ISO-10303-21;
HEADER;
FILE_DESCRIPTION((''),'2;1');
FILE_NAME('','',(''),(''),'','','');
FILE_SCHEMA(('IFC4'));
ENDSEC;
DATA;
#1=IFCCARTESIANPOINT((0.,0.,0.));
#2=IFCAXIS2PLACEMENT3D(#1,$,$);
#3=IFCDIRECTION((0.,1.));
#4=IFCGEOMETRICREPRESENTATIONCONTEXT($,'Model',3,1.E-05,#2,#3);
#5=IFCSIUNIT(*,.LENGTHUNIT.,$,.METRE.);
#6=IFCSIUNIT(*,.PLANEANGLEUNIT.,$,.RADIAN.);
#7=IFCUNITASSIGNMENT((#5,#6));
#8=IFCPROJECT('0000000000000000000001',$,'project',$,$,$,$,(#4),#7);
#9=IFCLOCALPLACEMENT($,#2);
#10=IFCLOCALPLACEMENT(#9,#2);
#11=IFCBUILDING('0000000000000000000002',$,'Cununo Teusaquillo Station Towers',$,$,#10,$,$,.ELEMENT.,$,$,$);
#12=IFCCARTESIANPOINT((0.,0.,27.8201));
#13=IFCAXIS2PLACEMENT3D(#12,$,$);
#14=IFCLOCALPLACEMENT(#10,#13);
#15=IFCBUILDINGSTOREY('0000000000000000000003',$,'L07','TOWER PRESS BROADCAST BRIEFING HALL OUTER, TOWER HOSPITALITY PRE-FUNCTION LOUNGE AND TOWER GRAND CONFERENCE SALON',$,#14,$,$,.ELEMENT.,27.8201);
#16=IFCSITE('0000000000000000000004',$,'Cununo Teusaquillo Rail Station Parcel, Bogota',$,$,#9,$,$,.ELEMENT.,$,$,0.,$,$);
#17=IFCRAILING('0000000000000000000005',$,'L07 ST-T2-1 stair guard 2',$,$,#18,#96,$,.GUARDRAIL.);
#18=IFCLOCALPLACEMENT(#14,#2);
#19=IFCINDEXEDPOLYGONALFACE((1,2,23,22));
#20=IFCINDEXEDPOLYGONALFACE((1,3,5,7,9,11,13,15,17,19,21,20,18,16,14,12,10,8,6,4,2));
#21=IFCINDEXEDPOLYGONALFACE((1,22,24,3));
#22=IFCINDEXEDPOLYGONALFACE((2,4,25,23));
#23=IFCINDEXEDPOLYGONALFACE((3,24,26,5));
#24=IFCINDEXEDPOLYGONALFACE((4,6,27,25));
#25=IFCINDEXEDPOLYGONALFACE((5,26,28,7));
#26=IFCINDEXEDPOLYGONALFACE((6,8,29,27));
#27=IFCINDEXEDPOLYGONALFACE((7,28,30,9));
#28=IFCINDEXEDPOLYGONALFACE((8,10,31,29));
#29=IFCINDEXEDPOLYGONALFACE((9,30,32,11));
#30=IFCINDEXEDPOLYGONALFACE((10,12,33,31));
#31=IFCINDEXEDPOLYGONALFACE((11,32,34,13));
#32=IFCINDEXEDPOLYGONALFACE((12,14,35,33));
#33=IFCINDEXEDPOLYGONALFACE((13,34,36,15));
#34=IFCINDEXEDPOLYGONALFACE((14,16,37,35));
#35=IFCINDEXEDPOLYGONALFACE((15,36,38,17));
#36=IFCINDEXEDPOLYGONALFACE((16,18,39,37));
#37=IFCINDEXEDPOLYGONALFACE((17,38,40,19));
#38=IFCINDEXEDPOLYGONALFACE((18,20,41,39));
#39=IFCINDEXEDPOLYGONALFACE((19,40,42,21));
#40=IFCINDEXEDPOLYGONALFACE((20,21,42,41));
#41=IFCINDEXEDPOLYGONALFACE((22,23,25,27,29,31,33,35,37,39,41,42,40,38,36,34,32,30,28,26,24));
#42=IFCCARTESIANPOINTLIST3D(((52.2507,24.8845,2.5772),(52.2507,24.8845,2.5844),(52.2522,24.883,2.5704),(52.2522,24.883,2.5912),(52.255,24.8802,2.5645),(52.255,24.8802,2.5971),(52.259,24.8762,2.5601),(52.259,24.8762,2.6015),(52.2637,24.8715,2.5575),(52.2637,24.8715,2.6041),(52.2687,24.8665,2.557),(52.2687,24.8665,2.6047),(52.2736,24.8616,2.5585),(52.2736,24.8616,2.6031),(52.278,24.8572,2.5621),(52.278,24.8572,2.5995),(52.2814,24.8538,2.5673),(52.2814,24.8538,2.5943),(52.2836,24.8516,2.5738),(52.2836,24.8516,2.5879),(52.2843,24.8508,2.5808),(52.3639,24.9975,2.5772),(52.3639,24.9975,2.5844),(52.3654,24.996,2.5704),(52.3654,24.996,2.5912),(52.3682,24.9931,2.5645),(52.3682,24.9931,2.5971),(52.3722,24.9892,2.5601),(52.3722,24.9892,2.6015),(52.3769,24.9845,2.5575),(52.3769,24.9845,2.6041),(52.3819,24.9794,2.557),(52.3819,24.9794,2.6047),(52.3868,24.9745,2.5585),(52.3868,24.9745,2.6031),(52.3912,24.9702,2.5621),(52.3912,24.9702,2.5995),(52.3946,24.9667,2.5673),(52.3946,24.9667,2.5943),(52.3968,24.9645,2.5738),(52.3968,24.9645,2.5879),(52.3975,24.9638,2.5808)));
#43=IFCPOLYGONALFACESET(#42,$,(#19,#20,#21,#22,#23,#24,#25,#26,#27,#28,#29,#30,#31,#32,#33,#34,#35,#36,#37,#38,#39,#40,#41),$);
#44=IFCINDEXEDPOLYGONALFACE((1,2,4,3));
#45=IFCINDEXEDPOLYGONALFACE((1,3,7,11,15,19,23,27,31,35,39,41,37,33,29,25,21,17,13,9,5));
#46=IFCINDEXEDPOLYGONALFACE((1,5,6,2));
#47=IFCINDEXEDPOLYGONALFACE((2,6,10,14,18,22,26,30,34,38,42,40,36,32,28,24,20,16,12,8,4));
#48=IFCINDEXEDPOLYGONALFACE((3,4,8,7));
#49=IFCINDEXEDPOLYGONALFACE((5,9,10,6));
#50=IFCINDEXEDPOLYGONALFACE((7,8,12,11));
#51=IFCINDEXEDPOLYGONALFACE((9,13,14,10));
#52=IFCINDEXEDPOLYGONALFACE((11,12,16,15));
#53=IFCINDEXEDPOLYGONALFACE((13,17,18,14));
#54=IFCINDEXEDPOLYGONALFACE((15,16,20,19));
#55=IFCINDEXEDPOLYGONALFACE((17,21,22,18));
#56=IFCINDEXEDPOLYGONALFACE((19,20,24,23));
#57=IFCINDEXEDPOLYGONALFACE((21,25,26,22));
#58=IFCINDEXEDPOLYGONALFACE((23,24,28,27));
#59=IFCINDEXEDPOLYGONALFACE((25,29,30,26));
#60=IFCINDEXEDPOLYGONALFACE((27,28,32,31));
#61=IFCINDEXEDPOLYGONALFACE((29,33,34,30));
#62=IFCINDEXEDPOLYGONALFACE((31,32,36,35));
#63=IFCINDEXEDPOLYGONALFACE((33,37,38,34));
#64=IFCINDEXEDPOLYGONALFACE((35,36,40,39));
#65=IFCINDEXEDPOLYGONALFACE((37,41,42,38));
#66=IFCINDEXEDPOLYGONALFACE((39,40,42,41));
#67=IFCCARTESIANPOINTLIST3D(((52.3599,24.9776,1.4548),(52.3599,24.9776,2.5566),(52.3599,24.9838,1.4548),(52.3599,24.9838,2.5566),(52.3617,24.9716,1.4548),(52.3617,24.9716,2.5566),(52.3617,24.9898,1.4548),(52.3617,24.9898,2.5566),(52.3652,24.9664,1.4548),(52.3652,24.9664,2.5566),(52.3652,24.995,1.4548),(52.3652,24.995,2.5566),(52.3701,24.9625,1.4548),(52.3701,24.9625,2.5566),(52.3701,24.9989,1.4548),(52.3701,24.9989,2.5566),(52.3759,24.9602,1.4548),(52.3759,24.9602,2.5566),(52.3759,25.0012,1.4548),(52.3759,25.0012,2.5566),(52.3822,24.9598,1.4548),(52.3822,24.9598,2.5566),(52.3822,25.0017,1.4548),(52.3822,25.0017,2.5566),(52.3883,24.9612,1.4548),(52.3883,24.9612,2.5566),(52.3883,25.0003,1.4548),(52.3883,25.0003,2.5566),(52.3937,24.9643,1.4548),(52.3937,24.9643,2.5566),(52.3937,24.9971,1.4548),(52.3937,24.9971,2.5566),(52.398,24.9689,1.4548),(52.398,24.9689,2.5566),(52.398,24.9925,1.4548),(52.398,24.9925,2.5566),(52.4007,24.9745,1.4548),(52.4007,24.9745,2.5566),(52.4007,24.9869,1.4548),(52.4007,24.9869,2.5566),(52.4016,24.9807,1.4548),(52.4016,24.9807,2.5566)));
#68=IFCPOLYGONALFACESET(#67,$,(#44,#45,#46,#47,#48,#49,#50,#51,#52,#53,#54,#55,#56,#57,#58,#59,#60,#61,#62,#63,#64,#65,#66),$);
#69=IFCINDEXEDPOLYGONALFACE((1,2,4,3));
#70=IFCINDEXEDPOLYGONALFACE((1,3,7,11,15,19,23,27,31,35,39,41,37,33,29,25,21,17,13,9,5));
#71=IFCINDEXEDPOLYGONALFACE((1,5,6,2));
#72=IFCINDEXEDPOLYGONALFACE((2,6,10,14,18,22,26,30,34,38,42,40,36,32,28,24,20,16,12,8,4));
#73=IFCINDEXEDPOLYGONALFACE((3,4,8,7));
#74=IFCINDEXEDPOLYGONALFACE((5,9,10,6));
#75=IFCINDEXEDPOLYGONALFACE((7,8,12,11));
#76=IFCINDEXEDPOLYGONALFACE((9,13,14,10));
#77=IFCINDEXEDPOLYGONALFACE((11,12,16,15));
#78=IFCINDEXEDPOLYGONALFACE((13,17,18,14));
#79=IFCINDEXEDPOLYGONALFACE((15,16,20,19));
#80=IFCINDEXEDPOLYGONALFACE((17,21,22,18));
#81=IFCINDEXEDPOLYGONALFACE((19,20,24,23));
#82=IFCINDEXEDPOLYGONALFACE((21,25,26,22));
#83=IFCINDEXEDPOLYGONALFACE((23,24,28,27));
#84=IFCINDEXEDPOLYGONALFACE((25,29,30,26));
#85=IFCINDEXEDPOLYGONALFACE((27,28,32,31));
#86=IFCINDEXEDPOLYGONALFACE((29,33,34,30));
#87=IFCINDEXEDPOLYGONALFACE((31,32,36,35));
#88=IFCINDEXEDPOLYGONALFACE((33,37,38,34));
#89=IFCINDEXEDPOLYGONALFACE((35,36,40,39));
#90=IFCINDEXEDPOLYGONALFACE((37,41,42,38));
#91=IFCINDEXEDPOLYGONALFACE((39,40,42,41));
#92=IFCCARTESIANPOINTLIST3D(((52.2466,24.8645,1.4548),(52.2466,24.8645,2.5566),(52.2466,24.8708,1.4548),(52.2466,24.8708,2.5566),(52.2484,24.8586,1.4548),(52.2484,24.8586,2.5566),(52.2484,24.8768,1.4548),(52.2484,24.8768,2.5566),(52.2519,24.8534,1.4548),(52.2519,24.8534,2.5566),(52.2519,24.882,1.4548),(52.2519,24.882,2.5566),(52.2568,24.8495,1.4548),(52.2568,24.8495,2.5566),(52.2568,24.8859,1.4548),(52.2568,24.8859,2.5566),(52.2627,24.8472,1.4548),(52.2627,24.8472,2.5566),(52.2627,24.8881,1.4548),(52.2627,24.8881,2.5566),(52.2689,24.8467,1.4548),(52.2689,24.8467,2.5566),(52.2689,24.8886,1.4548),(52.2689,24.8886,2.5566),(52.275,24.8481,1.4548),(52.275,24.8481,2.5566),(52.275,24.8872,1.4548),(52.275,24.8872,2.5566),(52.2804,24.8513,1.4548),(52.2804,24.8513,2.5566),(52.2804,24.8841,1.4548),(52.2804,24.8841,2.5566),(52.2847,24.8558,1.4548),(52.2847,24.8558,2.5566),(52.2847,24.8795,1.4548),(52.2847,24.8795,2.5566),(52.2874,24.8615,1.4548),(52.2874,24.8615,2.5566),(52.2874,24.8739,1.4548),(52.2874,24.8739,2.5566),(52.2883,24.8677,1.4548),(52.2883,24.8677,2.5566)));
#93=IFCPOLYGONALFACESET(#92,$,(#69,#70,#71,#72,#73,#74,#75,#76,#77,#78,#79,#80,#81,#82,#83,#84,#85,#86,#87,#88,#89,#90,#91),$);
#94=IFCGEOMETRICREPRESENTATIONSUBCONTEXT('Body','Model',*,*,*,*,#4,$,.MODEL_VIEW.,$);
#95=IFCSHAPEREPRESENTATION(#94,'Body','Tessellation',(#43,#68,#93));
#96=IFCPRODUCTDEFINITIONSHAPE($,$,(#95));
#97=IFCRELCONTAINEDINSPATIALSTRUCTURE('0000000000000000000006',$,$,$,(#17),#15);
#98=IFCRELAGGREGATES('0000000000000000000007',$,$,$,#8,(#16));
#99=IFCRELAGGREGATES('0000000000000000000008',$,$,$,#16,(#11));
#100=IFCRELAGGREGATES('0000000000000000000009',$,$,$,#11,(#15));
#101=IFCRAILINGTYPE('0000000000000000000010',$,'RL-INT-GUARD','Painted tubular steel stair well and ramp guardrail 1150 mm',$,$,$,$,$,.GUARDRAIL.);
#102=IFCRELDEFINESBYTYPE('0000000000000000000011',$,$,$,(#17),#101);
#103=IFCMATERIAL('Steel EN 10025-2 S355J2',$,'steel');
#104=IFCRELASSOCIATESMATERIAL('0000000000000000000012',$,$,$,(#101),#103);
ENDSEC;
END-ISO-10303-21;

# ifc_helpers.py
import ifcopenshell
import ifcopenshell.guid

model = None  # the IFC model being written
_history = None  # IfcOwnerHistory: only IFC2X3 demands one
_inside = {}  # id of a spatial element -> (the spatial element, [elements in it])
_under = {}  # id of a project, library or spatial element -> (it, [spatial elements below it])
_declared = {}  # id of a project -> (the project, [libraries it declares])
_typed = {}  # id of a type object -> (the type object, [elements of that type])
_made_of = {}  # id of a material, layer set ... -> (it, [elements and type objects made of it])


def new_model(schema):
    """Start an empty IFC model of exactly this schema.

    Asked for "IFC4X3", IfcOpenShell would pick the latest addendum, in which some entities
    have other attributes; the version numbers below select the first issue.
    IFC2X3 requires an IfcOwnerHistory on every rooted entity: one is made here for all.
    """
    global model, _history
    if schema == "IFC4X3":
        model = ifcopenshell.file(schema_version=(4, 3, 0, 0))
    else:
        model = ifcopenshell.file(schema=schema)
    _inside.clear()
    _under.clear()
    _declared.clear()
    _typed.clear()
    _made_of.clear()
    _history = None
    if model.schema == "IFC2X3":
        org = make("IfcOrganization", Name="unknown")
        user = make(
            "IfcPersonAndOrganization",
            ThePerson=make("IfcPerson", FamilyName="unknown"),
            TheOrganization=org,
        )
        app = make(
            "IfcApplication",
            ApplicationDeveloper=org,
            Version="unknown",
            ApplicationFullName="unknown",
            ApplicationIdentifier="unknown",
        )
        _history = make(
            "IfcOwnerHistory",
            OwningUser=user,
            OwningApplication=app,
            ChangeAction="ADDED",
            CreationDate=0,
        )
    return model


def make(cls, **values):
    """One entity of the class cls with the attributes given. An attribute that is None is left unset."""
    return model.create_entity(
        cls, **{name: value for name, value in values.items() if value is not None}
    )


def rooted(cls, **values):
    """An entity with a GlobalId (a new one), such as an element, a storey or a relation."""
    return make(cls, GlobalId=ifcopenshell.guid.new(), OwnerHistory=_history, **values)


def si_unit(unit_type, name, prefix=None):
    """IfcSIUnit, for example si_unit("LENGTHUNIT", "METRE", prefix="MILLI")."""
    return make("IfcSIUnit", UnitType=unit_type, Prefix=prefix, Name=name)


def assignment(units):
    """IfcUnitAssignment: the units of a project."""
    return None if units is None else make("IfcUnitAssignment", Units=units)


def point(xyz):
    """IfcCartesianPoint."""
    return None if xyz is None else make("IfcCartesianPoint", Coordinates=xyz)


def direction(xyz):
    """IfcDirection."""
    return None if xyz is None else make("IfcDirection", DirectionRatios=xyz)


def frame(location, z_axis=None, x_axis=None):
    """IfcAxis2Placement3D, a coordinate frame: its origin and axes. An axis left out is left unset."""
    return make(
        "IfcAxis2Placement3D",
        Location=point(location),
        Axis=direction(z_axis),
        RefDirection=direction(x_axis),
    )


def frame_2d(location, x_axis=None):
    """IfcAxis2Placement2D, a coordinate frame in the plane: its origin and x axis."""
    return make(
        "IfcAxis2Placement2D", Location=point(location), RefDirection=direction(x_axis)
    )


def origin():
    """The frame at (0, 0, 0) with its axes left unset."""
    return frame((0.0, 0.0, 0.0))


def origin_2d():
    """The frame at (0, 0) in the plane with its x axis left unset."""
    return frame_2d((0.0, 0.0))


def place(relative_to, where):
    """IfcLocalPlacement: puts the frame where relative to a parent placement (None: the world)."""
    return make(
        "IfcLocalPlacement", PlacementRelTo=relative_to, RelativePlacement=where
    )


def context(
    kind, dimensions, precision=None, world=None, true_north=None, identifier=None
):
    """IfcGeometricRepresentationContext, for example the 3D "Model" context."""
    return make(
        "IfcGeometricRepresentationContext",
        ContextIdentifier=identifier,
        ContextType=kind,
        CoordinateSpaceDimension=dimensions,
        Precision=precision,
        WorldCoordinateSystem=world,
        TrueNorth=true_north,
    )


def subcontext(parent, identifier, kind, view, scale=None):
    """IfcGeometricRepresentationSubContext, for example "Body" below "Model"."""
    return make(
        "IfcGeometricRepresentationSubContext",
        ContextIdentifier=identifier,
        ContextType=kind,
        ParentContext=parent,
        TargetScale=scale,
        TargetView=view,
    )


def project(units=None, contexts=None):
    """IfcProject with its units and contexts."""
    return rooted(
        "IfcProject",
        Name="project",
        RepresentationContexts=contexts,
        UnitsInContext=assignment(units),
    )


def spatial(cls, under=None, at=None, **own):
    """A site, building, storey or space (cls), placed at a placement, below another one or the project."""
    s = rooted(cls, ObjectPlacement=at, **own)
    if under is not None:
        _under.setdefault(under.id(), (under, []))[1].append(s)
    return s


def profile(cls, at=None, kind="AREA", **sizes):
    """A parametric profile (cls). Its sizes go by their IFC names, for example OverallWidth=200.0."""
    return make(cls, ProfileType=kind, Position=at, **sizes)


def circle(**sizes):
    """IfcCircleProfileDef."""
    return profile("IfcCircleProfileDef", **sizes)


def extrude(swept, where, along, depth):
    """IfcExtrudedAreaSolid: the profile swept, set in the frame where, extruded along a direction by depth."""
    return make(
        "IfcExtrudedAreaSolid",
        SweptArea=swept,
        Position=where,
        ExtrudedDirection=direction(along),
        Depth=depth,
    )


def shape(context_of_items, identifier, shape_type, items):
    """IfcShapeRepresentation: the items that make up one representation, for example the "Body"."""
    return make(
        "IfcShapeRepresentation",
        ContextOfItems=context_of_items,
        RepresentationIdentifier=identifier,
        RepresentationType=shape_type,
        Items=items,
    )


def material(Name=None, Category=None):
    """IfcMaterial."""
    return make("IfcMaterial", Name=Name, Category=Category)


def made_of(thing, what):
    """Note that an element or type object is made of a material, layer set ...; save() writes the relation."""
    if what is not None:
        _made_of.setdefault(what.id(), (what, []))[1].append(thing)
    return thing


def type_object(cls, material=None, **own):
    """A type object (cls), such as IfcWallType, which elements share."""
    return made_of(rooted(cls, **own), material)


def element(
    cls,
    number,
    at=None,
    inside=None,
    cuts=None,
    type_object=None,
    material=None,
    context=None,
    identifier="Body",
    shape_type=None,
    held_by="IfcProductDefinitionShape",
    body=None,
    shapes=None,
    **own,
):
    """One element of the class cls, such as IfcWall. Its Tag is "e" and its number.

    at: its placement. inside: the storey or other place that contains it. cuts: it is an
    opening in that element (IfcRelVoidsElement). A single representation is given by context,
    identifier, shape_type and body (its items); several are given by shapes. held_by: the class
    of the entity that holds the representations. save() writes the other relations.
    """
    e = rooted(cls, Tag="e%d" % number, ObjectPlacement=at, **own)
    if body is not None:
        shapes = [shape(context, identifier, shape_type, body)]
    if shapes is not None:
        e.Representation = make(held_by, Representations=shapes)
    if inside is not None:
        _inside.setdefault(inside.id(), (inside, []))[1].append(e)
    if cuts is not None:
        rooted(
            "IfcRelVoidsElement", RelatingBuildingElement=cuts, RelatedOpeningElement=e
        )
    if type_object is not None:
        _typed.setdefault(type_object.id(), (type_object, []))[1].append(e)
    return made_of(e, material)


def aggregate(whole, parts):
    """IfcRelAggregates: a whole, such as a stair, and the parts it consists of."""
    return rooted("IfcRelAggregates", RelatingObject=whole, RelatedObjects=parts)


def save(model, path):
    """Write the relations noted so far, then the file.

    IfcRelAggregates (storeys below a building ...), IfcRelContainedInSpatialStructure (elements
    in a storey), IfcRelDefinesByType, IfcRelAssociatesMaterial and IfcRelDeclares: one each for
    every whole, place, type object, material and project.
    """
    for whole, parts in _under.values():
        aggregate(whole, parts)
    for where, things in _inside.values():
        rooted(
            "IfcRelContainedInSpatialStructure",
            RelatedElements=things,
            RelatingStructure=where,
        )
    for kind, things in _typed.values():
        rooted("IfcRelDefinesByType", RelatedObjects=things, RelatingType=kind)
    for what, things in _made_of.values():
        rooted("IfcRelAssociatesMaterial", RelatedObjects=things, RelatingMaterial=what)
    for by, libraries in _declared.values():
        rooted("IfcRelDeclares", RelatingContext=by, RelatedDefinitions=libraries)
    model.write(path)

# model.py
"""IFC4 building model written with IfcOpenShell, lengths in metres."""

from ifc_helpers import new_model, si_unit, direction, frame, origin, origin_2d, place, context, subcontext, project, spatial, circle, extrude, material, type_object, element, save


model = new_model("IFC4")

# Units and contexts
model_context = context("Model", 3, precision=1e-05, world=origin(), true_north=direction((0.0, 1.0)))
body_context = subcontext(model_context, "Body", "Model", "MODEL_VIEW")
ifc_project = project(units=[si_unit("LENGTHUNIT", "METRE"), si_unit("PLANEANGLEUNIT", "RADIAN")], contexts=[model_context])

# Site, building, storey
site_placement = place(None, origin())
site = spatial("IfcSite", under=ifc_project, at=site_placement, Name="Cununo Teusaquillo Rail Station Parcel, Bogota", CompositionType="ELEMENT", RefElevation=0.0)
building_placement = place(site_placement, origin())
building = spatial("IfcBuilding", under=site, at=building_placement, Name="Cununo Teusaquillo Station Towers", CompositionType="ELEMENT")
storey_placement = place(building_placement, frame((0.0, 0.0, 27.8201)))
storey = spatial("IfcBuildingStorey", under=building, at=storey_placement, Name="L07", Description="TOWER PRESS BROADCAST BRIEFING HALL OUTER, TOWER HOSPITALITY PRE-FUNCTION LOUNGE AND TOWER GRAND CONFERENCE SALON", CompositionType="ELEMENT", Elevation=27.8201)

# Railing
ifc_material_1 = material(Name="Steel EN 10025-2 S355J2", Category="steel")
railing_type_1 = type_object("IfcRailingType", Name="RL-INT-GUARD", Description="Painted tubular steel stair well and ramp guardrail 1150 mm", PredefinedType="GUARDRAIL", material=ifc_material_1)
railing_1_placement = place(storey_placement, frame((52.3806, 24.9807, 1.4548)))
element("IfcRailing", 1, at=railing_1_placement, inside=storey, type_object=railing_type_1, Name="L07 ST-T2-1 stair guard 2", PredefinedType="GUARDRAIL", context=body_context, shape_type="SweptSolid", body=[
    extrude(circle(Radius=0.0239, at=origin_2d()), frame((0.0, 0.0, 1.126), z_axis=(-0.707869, -0.706344, 0.0), x_axis=(0.706344, -0.707869, 0.0)), (0.0, 0.0, 1.0), 0.1599),
    extrude(circle(Radius=0.021, at=origin_2d()), origin(), (0.0, 0.0, 1.0), 1.1018),
    extrude(circle(Radius=0.021, at=origin_2d()), frame((-0.1133, -0.113, 0.0)), (0.0, 0.0, 1.0), 1.1018),
])

save(model, "model.ifc")
